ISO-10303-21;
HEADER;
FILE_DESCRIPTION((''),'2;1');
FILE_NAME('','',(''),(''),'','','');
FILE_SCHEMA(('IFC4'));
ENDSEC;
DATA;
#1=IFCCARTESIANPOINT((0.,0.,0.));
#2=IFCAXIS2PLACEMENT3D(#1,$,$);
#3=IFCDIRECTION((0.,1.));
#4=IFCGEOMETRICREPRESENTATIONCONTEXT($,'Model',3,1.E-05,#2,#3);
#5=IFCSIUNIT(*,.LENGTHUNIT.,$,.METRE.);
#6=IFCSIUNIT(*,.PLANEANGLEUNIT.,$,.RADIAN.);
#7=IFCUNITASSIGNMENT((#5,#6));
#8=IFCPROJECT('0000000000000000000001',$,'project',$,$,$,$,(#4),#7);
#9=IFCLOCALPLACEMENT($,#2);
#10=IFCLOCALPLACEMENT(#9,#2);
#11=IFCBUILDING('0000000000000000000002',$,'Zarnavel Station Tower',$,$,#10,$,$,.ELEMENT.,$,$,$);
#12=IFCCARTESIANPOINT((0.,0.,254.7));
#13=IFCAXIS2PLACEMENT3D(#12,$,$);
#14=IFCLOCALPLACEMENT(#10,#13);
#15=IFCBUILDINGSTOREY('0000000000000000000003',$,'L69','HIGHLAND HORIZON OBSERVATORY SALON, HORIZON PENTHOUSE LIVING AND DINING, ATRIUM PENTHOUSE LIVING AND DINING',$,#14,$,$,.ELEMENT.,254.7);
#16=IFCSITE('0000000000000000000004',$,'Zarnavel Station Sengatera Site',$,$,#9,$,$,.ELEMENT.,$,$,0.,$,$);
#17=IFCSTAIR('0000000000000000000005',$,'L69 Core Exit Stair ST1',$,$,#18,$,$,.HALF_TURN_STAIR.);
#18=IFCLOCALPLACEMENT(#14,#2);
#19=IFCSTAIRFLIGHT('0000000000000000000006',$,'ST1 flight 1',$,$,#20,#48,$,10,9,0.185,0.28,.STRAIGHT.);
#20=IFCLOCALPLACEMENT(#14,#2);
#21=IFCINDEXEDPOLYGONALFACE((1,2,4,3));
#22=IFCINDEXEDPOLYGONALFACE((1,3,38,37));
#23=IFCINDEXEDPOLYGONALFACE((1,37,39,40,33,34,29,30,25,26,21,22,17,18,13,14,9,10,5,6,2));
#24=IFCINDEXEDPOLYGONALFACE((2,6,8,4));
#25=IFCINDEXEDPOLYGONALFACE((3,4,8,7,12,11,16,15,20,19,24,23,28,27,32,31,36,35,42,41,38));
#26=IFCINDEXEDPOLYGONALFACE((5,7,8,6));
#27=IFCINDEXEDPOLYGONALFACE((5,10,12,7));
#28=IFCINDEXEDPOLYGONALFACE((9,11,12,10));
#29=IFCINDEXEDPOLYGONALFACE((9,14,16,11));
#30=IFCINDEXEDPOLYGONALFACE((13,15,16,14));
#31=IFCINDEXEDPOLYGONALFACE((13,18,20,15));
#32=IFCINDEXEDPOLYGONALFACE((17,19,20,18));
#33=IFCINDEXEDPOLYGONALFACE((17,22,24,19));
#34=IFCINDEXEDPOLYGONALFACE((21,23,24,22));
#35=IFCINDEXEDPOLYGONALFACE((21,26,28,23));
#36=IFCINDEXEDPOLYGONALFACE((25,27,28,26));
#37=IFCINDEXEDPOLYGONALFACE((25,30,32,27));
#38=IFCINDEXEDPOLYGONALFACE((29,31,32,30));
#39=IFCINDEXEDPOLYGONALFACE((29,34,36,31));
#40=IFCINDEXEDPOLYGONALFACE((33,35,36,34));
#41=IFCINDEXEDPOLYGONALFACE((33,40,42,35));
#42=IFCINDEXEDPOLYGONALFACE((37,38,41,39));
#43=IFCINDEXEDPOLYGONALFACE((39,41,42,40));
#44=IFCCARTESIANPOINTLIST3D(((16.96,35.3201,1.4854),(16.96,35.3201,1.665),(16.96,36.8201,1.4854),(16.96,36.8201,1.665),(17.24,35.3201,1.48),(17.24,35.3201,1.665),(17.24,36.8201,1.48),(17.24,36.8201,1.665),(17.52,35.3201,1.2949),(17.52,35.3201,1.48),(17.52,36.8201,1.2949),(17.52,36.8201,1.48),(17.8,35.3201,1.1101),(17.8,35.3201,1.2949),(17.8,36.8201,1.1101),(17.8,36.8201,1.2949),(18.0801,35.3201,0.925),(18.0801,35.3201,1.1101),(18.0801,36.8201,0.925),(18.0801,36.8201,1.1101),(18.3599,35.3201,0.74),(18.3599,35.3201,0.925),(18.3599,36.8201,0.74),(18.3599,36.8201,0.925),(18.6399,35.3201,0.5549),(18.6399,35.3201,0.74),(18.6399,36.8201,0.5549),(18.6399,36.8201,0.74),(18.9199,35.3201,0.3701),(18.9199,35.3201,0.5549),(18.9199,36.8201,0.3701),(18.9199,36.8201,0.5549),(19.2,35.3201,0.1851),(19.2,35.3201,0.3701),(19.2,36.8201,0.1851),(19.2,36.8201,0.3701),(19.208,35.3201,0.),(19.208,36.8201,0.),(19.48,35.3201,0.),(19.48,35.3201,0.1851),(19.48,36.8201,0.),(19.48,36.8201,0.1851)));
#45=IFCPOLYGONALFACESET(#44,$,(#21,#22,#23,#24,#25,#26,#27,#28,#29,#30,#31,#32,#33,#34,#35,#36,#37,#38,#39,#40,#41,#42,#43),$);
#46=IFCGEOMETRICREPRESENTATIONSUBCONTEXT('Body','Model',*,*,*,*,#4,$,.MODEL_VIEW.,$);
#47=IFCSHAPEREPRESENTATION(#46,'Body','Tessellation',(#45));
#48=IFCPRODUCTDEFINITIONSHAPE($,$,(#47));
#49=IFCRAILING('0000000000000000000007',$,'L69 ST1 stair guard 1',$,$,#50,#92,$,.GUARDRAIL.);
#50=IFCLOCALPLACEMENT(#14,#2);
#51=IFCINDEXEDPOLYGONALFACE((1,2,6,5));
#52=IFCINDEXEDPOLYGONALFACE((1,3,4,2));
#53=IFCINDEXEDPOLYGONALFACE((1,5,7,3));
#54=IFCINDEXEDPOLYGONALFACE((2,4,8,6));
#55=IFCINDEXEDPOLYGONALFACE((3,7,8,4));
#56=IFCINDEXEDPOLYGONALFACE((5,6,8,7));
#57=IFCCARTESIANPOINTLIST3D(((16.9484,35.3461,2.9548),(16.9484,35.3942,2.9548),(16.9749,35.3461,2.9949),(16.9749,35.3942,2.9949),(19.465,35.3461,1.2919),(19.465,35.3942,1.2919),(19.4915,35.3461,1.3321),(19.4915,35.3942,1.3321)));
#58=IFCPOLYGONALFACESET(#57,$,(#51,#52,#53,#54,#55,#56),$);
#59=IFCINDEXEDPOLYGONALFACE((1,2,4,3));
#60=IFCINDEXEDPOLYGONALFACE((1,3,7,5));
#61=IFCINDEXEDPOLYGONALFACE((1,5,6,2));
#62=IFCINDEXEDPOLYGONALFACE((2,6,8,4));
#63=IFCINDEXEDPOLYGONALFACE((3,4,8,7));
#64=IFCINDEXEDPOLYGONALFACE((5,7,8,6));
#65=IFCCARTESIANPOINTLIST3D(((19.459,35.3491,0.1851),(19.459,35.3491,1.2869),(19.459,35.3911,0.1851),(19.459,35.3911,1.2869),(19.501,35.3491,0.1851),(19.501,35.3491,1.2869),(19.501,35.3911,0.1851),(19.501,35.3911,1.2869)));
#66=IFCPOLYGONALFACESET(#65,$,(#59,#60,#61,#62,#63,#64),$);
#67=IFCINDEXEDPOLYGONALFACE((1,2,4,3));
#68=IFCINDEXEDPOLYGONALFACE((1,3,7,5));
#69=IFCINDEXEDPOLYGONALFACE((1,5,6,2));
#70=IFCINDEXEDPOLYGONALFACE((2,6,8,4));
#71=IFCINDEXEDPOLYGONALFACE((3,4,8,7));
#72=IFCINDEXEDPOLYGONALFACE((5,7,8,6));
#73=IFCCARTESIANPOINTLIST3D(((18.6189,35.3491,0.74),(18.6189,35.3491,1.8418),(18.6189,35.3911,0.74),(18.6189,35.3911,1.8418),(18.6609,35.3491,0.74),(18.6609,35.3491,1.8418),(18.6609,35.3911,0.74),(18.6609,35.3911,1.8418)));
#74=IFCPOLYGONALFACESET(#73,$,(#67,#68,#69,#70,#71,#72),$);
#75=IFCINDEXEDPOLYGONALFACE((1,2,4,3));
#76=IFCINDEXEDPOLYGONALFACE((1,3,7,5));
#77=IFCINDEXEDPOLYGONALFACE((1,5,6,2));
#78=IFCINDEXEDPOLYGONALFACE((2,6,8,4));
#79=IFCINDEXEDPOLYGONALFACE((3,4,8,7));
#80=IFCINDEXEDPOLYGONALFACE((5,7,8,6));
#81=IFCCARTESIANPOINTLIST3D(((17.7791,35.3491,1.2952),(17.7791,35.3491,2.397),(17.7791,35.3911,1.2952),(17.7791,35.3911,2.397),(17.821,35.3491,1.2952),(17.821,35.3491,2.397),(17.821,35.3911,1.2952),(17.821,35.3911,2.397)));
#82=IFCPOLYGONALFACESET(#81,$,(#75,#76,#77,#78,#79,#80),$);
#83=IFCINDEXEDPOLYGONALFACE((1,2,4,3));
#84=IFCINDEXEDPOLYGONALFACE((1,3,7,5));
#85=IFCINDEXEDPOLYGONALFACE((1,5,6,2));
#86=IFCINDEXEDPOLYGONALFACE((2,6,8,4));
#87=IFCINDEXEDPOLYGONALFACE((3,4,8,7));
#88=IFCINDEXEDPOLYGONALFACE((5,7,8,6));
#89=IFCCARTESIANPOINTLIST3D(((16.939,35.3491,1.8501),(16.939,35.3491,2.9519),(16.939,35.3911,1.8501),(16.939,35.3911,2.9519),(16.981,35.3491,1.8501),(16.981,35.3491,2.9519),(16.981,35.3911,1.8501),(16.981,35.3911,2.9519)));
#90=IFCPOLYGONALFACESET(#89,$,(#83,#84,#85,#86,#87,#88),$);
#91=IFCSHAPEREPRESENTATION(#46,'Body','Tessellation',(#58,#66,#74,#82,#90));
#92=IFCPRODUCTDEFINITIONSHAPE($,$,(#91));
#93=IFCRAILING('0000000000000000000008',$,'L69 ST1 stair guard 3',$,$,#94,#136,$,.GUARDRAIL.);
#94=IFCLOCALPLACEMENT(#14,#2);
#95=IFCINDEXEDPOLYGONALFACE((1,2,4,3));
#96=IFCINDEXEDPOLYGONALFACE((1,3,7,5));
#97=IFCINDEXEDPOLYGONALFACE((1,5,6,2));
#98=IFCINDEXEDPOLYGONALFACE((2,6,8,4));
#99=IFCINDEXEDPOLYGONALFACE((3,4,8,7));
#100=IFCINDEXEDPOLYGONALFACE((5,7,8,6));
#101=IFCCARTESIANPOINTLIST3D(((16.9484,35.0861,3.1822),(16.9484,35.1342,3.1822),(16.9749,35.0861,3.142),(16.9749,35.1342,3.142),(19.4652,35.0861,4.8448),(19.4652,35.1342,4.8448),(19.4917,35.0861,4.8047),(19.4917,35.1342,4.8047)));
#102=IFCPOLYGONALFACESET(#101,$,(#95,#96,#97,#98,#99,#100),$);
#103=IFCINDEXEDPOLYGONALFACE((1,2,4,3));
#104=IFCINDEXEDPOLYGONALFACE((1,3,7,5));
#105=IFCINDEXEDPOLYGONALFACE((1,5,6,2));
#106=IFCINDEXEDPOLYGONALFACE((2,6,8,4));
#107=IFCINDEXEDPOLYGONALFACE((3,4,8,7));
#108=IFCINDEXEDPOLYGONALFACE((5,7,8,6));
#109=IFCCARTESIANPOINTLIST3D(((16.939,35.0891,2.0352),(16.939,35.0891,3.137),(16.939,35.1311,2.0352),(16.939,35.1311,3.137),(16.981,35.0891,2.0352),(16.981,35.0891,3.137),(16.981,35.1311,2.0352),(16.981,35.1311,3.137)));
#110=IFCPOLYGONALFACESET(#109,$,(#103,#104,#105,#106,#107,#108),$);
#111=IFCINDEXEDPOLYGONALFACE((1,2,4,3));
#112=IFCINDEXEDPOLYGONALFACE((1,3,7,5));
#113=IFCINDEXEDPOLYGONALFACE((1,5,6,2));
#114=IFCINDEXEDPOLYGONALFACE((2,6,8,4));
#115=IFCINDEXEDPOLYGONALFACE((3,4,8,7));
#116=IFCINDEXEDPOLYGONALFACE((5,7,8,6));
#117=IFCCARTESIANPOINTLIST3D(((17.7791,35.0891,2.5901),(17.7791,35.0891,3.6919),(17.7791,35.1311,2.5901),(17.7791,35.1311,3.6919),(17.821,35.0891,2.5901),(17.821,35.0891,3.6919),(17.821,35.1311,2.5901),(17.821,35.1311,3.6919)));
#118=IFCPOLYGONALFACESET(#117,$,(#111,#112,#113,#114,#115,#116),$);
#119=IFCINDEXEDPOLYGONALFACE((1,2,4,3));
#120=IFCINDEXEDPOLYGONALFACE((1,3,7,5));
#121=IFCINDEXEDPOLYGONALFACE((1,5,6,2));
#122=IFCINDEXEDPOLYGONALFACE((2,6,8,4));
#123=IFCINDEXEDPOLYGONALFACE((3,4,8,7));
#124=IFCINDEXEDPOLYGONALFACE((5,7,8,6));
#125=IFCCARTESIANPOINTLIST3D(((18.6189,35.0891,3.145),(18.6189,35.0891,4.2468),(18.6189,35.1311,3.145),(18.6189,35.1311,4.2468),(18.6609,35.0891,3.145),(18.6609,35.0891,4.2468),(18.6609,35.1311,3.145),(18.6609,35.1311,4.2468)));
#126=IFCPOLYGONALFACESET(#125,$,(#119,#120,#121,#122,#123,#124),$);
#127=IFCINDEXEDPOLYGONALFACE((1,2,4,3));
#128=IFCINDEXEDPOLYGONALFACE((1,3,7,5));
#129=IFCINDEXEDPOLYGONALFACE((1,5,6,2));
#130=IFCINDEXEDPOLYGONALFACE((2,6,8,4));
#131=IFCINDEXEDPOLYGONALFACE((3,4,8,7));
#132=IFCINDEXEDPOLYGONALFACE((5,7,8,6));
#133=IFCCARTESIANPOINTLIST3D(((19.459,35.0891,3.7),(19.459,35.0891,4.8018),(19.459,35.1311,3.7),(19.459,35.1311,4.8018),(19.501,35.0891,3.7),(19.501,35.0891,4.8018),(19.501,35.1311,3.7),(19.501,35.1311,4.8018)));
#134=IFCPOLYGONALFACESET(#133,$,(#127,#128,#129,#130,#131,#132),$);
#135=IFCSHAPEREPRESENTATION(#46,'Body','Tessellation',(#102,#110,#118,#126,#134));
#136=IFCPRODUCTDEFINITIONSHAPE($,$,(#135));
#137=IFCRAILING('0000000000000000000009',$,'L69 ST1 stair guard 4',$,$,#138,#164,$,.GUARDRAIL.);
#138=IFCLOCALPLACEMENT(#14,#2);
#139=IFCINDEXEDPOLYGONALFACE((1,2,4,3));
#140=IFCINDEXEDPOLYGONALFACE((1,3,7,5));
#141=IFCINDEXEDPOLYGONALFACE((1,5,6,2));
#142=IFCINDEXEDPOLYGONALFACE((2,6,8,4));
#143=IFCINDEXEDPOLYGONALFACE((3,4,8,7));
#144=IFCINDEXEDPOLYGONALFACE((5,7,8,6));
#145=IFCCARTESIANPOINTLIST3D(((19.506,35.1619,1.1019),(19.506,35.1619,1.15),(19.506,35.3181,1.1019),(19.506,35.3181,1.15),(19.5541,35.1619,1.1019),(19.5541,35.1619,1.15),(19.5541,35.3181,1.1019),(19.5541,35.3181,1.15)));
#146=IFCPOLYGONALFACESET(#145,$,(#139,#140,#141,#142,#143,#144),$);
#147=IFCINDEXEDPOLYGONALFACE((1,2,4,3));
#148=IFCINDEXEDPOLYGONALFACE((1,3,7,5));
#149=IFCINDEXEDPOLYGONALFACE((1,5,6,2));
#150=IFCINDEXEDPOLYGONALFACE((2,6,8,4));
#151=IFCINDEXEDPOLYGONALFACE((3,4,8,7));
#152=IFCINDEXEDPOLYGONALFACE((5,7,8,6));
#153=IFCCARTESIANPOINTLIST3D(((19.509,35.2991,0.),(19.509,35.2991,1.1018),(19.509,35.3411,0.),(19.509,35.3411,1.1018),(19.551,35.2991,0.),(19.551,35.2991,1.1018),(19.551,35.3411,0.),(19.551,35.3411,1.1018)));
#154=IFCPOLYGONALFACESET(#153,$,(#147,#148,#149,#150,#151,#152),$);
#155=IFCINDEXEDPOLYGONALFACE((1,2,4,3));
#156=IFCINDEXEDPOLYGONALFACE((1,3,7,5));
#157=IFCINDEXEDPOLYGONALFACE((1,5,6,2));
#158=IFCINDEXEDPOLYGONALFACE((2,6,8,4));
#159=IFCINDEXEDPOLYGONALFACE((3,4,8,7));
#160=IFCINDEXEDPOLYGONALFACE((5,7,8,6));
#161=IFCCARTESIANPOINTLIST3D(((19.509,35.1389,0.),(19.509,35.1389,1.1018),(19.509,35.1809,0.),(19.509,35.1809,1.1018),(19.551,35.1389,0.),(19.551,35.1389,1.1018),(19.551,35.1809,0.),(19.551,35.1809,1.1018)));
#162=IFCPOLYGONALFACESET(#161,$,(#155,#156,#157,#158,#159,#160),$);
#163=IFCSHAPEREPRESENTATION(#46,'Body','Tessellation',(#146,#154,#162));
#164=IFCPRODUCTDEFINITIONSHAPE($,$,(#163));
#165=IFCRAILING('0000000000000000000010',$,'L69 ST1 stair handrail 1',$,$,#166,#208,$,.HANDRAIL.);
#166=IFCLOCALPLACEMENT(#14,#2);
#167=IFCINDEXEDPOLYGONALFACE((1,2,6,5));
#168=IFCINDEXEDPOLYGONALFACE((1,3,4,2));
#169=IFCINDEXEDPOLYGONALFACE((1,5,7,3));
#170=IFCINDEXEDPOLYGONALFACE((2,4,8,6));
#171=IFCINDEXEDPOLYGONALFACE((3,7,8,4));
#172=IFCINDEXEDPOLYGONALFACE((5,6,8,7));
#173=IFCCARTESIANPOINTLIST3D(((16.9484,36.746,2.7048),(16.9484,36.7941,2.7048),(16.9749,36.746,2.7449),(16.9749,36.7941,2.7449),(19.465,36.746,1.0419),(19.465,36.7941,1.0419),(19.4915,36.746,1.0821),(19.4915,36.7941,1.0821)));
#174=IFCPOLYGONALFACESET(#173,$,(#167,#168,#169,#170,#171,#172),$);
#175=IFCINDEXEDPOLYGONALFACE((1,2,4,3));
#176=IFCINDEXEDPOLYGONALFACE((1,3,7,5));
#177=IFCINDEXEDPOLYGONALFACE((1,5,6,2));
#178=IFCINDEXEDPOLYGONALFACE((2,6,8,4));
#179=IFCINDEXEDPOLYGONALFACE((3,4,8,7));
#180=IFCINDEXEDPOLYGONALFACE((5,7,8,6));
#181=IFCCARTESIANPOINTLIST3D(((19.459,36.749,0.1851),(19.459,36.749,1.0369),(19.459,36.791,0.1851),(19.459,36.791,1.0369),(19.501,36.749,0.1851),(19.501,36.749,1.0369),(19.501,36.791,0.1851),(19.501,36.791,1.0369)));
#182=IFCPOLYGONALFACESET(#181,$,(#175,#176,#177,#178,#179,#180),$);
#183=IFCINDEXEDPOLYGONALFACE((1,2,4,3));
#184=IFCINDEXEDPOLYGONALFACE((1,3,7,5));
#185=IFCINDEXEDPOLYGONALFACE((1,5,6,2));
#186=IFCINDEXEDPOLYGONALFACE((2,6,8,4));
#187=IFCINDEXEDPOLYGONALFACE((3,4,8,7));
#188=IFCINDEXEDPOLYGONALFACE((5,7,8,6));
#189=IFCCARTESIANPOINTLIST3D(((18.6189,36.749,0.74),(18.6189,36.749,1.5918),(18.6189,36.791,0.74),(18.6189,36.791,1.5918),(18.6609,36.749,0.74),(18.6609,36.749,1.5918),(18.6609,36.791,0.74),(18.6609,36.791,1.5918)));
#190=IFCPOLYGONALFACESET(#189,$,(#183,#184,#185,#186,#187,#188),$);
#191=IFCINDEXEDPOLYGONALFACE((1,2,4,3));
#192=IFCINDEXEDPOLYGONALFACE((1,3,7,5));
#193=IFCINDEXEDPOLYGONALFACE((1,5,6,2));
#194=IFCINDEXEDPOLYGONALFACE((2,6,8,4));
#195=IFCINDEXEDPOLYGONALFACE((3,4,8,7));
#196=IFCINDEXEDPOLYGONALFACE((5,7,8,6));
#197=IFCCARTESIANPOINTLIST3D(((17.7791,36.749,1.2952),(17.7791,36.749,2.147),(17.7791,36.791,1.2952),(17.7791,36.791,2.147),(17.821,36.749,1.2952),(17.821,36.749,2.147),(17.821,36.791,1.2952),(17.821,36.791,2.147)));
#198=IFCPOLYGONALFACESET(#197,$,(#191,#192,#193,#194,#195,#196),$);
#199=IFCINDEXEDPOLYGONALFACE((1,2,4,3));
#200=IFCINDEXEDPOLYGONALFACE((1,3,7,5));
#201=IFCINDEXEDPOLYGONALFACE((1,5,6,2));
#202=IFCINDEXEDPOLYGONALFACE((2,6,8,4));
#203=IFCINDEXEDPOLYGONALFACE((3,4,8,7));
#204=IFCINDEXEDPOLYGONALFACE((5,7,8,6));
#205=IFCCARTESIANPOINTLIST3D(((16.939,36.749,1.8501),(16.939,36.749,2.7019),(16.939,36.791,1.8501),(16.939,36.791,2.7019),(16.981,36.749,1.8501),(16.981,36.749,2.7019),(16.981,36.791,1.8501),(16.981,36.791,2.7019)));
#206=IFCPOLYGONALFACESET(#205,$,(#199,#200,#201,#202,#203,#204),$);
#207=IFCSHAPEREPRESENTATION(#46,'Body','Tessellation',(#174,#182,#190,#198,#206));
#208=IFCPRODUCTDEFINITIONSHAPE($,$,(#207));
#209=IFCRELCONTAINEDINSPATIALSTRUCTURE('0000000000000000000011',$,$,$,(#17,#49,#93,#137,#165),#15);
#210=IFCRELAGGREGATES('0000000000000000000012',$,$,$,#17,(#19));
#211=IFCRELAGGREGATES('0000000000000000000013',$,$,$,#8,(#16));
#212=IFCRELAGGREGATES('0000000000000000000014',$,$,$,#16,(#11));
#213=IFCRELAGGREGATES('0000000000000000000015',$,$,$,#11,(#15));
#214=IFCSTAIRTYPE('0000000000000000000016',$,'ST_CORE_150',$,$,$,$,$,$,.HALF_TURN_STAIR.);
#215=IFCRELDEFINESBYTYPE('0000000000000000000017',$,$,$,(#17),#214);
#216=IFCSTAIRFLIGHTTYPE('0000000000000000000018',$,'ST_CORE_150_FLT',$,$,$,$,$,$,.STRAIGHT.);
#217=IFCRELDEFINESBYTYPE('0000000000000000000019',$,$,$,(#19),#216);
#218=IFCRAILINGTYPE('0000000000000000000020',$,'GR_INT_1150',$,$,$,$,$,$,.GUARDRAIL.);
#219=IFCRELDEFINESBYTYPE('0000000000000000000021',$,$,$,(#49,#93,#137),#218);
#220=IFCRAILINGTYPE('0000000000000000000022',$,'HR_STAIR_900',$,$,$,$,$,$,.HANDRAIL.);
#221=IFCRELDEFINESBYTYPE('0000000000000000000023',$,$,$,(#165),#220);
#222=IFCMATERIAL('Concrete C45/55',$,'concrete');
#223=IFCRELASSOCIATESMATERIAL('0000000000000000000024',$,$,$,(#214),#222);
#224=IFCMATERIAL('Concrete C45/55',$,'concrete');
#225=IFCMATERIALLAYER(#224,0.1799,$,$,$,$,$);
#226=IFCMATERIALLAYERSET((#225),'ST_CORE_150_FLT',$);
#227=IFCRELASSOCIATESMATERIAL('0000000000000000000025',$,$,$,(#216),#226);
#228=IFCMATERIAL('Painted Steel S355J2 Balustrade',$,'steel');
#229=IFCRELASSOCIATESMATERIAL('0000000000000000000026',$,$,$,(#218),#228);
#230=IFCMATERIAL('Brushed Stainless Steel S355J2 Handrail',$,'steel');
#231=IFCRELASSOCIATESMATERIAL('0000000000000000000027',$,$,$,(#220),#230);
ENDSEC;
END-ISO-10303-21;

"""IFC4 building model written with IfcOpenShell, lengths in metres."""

from ifc_helpers import new_model, si_unit, direction, frame, origin, origin_2d, place, context, subcontext, project, spatial, polyline, rectangle, outline, extrude, material, layer, layer_set, type_object, element, aggregate, save


model = new_model("IFC4")

# Units and contexts
model_context = context("Model", 3, precision=1e-05, world=origin(), true_north=direction((0.0, 1.0)))
body_context = subcontext(model_context, "Body", "Model", "MODEL_VIEW")
ifc_project = project(units=[si_unit("LENGTHUNIT", "METRE"), si_unit("PLANEANGLEUNIT", "RADIAN")], contexts=[model_context])

# Site, building, storey
site_placement = place(None, origin())
site = spatial("IfcSite", under=ifc_project, at=site_placement, Name="Zarnavel Station Sengatera Site", CompositionType="ELEMENT", RefElevation=0.0)
building_placement = place(site_placement, origin())
building = spatial("IfcBuilding", under=site, at=building_placement, Name="Zarnavel Station Tower", CompositionType="ELEMENT")
storey_placement = place(building_placement, frame((0.0, 0.0, 254.7)))
storey = spatial("IfcBuildingStorey", under=building, at=storey_placement, Name="L69", Description="HIGHLAND HORIZON OBSERVATORY SALON, HORIZON PENTHOUSE LIVING AND DINING, ATRIUM PENTHOUSE LIVING AND DINING", CompositionType="ELEMENT", Elevation=254.7)

# Stair, stair flight
ifc_material_1 = material(Name="Concrete C45/55", Category="concrete")
stair_type = type_object("IfcStairType", Name="ST_CORE_150", PredefinedType="HALF_TURN_STAIR", material=ifc_material_1)
stair_placement = place(storey_placement, origin())
stair = element("IfcStair", 1, at=stair_placement, inside=storey, type_object=stair_type, Name="L69 Core Exit Stair ST1", PredefinedType="HALF_TURN_STAIR")
ifc_material_2 = material(Name="Concrete C45/55", Category="concrete")
ifc_layer_1 = layer(ifc_material_2, 0.1799)
ifc_layer_set_1 = layer_set([ifc_layer_1], Name="ST_CORE_150_FLT")
stair_flight_type = type_object("IfcStairFlightType", Name="ST_CORE_150_FLT", PredefinedType="STRAIGHT", material=ifc_layer_set_1)
stair_flight_placement = place(storey_placement, frame((19.48, 36.0701, 0.0), z_axis=(0.0, 0.0, 1.0), x_axis=(-1.0, 0.0, 0.0)))
stair_flight = element("IfcStairFlight", 2, at=stair_flight_placement, type_object=stair_flight_type, Name="ST1 flight 1", NumberOfRisers=10, NumberOfTreads=9, PredefinedType="STRAIGHT", RiserHeight=0.185, TreadLength=0.28, context=body_context, shape_type="SweptSolid", body=[
    extrude(outline(polyline([(0.0, 0.0), (0.0, 0.1851), (0.28, 0.1851), (0.28, 0.3701), (0.5601, 0.3701), (0.5601, 0.5549), (0.8401, 0.5549), (0.8401, 0.74), (1.1201, 0.74), (1.1201, 0.925), (1.3999, 0.925), (1.3999, 1.1101), (1.6799, 1.1101), (1.6799, 1.2949), (1.96, 1.2949), (1.96, 1.48), (2.24, 1.48), (2.24, 1.665), (2.52, 1.665), (2.52, 1.8501), (2.52, 1.4854), (0.272, 0.0), (0.0, 0.0)])), frame((0.0, 0.75, 0.0), z_axis=(0.0, -1.0, 0.0), x_axis=(1.0, 0.0, 0.0)), (0.0, 0.0, 1.0), 1.5),
])
aggregate(stair, [stair_flight])

# Railings
ifc_material_3 = material(Name="Painted Steel S355J2 Balustrade", Category="steel")
railing_type_1 = type_object("IfcRailingType", Name="GR_INT_1150", PredefinedType="GUARDRAIL", material=ifc_material_3)
railing_1_placement = place(storey_placement, frame((19.48, 35.3701, 0.1851)))
element("IfcRailing", 3, at=railing_1_placement, inside=storey, type_object=railing_type_1, Name="L69 ST1 stair guard 1", PredefinedType="GUARDRAIL", context=body_context, shape_type="SweptSolid", body=[
    extrude(rectangle(XDim=0.0481, YDim=0.0481, at=origin_2d()), frame((-0.0017, 0.0, 1.127), z_axis=(-0.834331, 0.0, 0.551263), x_axis=(0.0, -1.0, 0.0)), (0.0, 0.0, 1.0), 3.0164),
    extrude(rectangle(XDim=0.042, YDim=0.042, at=origin_2d()), origin(), (0.0, 0.0, 1.0), 1.1018),
    extrude(rectangle(XDim=0.042, YDim=0.042, at=origin_2d()), frame((-0.8401, 0.0, 0.5549)), (0.0, 0.0, 1.0), 1.1018),
    extrude(rectangle(XDim=0.042, YDim=0.042, at=origin_2d()), frame((-1.6799, 0.0, 1.1101)), (0.0, 0.0, 1.0), 1.1018),
    extrude(rectangle(XDim=0.042, YDim=0.042, at=origin_2d()), frame((-2.52, 0.0, 1.665)), (0.0, 0.0, 1.0), 1.1018),
])
railing_2_placement = place(storey_placement, frame((16.96, 35.1101, 2.0352)))
element("IfcRailing", 4, at=railing_2_placement, inside=storey, type_object=railing_type_1, Name="L69 ST1 stair guard 3", PredefinedType="GUARDRAIL", context=body_context, shape_type="SweptSolid", body=[
    extrude(rectangle(XDim=0.0481, YDim=0.0481, at=origin_2d()), frame((0.0017, 0.0, 1.127), z_axis=(0.834369, 0.0, 0.551207), x_axis=(0.0, 1.0, 0.0)), (0.0, 0.0, 1.0), 3.0164),
    extrude(rectangle(XDim=0.042, YDim=0.042, at=origin_2d()), origin(), (0.0, 0.0, 1.0), 1.1018),
    extrude(rectangle(XDim=0.042, YDim=0.042, at=origin_2d()), frame((0.8401, 0.0, 0.5549)), (0.0, 0.0, 1.0), 1.1018),
    extrude(rectangle(XDim=0.042, YDim=0.042, at=origin_2d()), frame((1.6799, 0.0, 1.1099)), (0.0, 0.0, 1.0), 1.1018),
    extrude(rectangle(XDim=0.042, YDim=0.042, at=origin_2d()), frame((2.52, 0.0, 1.6648)), (0.0, 0.0, 1.0), 1.1018),
])
railing_3_placement = place(storey_placement, frame((19.53, 35.3201, 0.0)))
element("IfcRailing", 5, at=railing_3_placement, inside=storey, type_object=railing_type_1, Name="L69 ST1 stair guard 4", PredefinedType="GUARDRAIL", context=body_context, shape_type="SweptSolid", body=[
    extrude(rectangle(XDim=0.0481, YDim=0.0481, at=origin_2d()), frame((0.0, -0.002, 1.126), z_axis=(0.0, -1.0, 0.0), x_axis=(1.0, 0.0, 0.0)), (0.0, 0.0, 1.0), 0.1562),
    extrude(rectangle(XDim=0.042, YDim=0.042, at=origin_2d()), origin(), (0.0, 0.0, 1.0), 1.1018),
    extrude(rectangle(XDim=0.042, YDim=0.042, at=origin_2d()), frame((0.0, -0.1602, 0.0)), (0.0, 0.0, 1.0), 1.1018),
])
ifc_material_4 = material(Name="Brushed Stainless Steel S355J2 Handrail", Category="steel")
railing_type_2 = type_object("IfcRailingType", Name="HR_STAIR_900", PredefinedType="HANDRAIL", material=ifc_material_4)
railing_4_placement = place(storey_placement, frame((19.48, 36.77, 0.1851)))
element("IfcRailing", 6, at=railing_4_placement, inside=storey, type_object=railing_type_2, Name="L69 ST1 stair handrail 1", PredefinedType="HANDRAIL", context=body_context, shape_type="SweptSolid", body=[
    extrude(rectangle(XDim=0.0481, YDim=0.0481, at=origin_2d()), frame((-0.0017, 0.0, 0.877), z_axis=(-0.834331, 0.0, 0.551263), x_axis=(0.0, -1.0, 0.0)), (0.0, 0.0, 1.0), 3.0164),
    extrude(rectangle(XDim=0.042, YDim=0.042, at=origin_2d()), origin(), (0.0, 0.0, 1.0), 0.8518),
    extrude(rectangle(XDim=0.042, YDim=0.042, at=origin_2d()), frame((-0.8401, 0.0, 0.5549)), (0.0, 0.0, 1.0), 0.8518),
    extrude(rectangle(XDim=0.042, YDim=0.042, at=origin_2d()), frame((-1.6799, 0.0, 1.1101)), (0.0, 0.0, 1.0), 0.8518),
    extrude(rectangle(XDim=0.042, YDim=0.042, at=origin_2d()), frame((-2.52, 0.0, 1.665)), (0.0, 0.0, 1.0), 0.8518),
])

save(model, "model.ifc")
